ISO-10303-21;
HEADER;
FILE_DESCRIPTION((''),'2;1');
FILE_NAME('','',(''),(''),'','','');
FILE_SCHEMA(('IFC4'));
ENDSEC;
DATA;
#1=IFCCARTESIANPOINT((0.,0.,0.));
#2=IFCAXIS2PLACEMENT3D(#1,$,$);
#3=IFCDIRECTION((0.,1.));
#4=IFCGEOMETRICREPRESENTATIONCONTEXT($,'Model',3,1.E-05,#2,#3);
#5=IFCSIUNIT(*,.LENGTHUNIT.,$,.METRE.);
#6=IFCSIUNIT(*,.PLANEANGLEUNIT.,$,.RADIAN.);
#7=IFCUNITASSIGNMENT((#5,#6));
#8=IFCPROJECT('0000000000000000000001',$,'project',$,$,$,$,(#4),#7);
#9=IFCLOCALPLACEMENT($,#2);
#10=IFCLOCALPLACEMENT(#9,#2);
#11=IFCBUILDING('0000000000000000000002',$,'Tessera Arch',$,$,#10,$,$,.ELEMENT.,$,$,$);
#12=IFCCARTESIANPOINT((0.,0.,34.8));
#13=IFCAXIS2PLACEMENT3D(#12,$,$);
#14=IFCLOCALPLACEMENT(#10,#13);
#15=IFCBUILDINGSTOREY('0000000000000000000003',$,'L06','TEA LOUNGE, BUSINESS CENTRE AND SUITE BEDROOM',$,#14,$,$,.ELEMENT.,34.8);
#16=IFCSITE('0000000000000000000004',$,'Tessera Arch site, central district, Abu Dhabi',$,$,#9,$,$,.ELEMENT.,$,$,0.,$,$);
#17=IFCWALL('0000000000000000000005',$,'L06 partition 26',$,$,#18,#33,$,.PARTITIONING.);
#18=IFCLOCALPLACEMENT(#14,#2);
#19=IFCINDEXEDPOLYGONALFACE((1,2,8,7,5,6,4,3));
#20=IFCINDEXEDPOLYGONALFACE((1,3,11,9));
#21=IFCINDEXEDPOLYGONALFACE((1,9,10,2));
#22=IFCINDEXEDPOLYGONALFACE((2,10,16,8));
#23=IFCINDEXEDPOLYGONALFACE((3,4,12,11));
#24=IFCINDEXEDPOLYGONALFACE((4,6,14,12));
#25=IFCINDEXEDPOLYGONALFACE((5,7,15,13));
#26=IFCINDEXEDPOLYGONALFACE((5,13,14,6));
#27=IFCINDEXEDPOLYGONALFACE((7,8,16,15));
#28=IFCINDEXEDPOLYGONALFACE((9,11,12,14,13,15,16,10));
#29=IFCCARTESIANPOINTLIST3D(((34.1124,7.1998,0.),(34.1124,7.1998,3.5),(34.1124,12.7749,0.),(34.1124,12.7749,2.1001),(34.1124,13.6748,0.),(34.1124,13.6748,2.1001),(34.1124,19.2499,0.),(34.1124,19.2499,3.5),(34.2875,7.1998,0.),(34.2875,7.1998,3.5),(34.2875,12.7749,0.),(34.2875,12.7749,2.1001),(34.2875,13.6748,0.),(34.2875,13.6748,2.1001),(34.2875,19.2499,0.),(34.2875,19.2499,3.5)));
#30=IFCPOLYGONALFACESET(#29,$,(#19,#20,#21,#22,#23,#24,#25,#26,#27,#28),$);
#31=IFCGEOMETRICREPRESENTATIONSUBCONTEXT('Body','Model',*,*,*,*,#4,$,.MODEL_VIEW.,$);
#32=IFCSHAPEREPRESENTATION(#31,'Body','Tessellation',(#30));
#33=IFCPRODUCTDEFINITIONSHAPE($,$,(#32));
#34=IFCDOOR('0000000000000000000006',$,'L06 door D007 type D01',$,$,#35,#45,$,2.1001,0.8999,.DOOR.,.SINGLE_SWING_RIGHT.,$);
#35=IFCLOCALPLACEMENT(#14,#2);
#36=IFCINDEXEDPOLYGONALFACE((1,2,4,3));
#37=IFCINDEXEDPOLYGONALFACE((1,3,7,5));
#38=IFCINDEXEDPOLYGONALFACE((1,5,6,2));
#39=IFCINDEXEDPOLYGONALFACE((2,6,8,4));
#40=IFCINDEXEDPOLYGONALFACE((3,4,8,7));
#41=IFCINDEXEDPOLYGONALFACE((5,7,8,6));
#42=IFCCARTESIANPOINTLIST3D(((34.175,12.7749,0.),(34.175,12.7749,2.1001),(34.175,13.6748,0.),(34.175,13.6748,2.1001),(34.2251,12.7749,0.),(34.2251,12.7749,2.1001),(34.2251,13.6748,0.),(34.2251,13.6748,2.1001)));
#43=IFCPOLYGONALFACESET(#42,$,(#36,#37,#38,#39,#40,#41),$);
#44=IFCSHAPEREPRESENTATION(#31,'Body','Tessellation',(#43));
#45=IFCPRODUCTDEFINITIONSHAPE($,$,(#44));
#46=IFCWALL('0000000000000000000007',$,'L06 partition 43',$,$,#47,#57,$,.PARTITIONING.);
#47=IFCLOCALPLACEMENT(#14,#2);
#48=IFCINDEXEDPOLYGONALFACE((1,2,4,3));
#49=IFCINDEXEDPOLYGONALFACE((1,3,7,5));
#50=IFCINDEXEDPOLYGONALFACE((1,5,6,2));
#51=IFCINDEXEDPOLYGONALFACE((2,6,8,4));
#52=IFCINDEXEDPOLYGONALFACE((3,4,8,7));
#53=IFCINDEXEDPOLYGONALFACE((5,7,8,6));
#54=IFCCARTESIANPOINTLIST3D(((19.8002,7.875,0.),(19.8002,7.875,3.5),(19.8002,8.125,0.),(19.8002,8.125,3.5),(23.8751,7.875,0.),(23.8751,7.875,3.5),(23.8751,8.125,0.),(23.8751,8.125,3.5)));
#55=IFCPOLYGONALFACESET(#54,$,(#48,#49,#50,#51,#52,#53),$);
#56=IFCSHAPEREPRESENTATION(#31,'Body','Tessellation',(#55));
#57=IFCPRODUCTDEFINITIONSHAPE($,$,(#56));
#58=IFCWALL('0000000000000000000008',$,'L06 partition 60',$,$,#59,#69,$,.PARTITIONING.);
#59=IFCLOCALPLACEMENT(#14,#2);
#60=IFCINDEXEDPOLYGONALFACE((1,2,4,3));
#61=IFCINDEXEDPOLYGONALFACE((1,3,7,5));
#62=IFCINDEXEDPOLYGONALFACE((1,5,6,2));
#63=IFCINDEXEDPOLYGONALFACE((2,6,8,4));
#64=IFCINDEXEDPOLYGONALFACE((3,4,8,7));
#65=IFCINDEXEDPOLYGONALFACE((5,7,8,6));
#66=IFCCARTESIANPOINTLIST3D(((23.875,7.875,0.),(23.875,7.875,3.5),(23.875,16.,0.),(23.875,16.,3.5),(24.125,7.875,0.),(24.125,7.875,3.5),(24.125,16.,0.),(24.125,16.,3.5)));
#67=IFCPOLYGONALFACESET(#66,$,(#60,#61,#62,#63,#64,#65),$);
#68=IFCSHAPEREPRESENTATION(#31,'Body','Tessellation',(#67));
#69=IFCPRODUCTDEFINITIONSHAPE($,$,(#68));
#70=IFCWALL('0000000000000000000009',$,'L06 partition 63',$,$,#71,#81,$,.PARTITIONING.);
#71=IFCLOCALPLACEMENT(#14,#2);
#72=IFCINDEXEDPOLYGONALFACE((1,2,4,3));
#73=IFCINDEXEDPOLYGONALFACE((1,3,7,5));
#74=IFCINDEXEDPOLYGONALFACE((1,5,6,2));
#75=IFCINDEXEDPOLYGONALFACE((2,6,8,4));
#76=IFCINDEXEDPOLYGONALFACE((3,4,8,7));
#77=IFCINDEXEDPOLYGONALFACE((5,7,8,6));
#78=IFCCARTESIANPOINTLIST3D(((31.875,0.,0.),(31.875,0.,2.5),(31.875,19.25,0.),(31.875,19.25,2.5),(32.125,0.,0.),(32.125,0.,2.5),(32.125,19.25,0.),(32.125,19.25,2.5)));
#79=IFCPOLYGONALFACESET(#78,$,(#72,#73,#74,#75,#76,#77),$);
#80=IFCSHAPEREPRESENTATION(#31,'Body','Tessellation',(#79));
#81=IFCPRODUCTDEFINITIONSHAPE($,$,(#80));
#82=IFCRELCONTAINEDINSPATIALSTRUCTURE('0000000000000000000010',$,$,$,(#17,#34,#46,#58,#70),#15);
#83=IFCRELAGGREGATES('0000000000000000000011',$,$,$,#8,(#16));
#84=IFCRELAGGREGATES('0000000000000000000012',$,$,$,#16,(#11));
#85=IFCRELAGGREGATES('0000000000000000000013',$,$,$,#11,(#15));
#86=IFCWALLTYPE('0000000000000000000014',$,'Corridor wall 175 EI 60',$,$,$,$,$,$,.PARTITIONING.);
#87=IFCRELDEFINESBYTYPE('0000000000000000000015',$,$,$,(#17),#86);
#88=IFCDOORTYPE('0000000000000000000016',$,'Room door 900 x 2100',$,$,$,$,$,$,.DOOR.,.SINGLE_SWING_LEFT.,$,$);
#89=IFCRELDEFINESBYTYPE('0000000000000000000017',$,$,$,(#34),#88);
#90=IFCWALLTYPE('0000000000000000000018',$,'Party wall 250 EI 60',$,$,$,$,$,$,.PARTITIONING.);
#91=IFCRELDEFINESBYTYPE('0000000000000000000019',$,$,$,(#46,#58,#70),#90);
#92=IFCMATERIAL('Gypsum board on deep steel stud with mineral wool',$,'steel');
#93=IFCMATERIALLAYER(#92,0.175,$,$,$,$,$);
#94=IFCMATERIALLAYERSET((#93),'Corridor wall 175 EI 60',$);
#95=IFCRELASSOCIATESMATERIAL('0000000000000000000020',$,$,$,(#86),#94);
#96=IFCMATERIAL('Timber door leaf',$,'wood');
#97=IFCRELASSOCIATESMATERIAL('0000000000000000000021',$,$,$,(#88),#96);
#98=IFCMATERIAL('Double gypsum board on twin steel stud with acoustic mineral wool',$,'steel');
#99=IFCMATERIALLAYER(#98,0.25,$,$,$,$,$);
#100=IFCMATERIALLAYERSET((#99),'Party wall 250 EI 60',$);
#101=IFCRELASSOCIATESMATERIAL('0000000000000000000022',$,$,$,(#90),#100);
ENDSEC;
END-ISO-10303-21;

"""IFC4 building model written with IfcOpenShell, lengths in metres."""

from ifc_helpers import new_model, si_unit, direction, frame, frame_2d, origin, place, context, subcontext, project, spatial, rectangle, extrude, material, layer, layer_set, type_object, element, fill, save


model = new_model("IFC4")

# Units and contexts
model_context = context("Model", 3, precision=1e-05, world=origin(), true_north=direction((0.0, 1.0)))
body_context = subcontext(model_context, "Body", "Model", "MODEL_VIEW")
ifc_project = project(units=[si_unit("LENGTHUNIT", "METRE"), si_unit("PLANEANGLEUNIT", "RADIAN")], contexts=[model_context])

# Site, building, storey
site_placement = place(None, origin())
site = spatial("IfcSite", under=ifc_project, at=site_placement, Name="Tessera Arch site, central district, Abu Dhabi", CompositionType="ELEMENT", RefElevation=0.0)
building_placement = place(site_placement, origin())
building = spatial("IfcBuilding", under=site, at=building_placement, Name="Tessera Arch", CompositionType="ELEMENT")
storey_placement = place(building_placement, frame((0.0, 0.0, 34.8)))
storey = spatial("IfcBuildingStorey", under=building, at=storey_placement, Name="L06", Description="TEA LOUNGE, BUSINESS CENTRE AND SUITE BEDROOM", CompositionType="ELEMENT", Elevation=34.8)

# Wall, opening, door
ifc_material_1 = material(Name="Gypsum board on deep steel stud with mineral wool", Category="steel")
ifc_layer_1 = layer(ifc_material_1, 0.175)
ifc_layer_set_1 = layer_set([ifc_layer_1], Name="Corridor wall 175 EI 60")
wall_type_1 = type_object("IfcWallType", Name="Corridor wall 175 EI 60", PredefinedType="PARTITIONING", material=ifc_layer_set_1)
wall_1_placement = place(storey_placement, frame((34.2, 7.2, 0.0), z_axis=(0.0, 0.0, 1.0), x_axis=(0.0, 1.0, 0.0)))
wall_1 = element("IfcWall", 1, at=wall_1_placement, inside=storey, type_object=wall_type_1, Name="L06 partition 26", PredefinedType="PARTITIONING", context=body_context, shape_type="SweptSolid", body=[
    extrude(rectangle(XDim=12.05, YDim=0.175, at=frame_2d((6.0249, 0.0))), origin(), (0.0, 0.0, 1.0), 3.5),
])
opening_1_placement = place(wall_1_placement, frame((5.575, 0.0, 0.0)))
opening_1 = element("IfcOpeningElement", 2, at=opening_1_placement, cuts=wall_1, PredefinedType="OPENING", context=body_context, shape_type="SweptSolid", body=[
    extrude(rectangle(XDim=0.8999, YDim=2.1001, at=frame_2d((0.45, 1.05))), frame((0.0, 0.0974, 0.0), z_axis=(0.0, -1.0, 0.0), x_axis=(1.0, 0.0, 0.0)), (0.0, 0.0, 1.0), 0.1951),
])
ifc_material_2 = material(Name="Timber door leaf", Category="wood")
door_type_1 = type_object("IfcDoorType", Name="Room door 900 x 2100", OperationType="SINGLE_SWING_LEFT", PredefinedType="DOOR", material=ifc_material_2)
door_1_placement = place(opening_1_placement, origin())
door_1 = element("IfcDoor", 3, at=door_1_placement, inside=storey, type_object=door_type_1, Name="L06 door D007 type D01", OperationType="SINGLE_SWING_RIGHT", OverallHeight=2.1001, OverallWidth=0.8999, PredefinedType="DOOR", context=body_context, shape_type="SweptSolid", body=[
    extrude(rectangle(XDim=0.8999, YDim=2.1001, at=frame_2d((0.45, 1.05))), frame((0.0, 0.0249, 0.0), z_axis=(0.0, -1.0, 0.0), x_axis=(1.0, 0.0, 0.0)), (0.0, 0.0, 1.0), 0.05),
])
fill(opening_1, door_1)

# Walls
ifc_material_3 = material(Name="Double gypsum board on twin steel stud with acoustic mineral wool", Category="steel")
ifc_layer_2 = layer(ifc_material_3, 0.25)
ifc_layer_set_2 = layer_set([ifc_layer_2], Name="Party wall 250 EI 60")
wall_type_2 = type_object("IfcWallType", Name="Party wall 250 EI 60", PredefinedType="PARTITIONING", material=ifc_layer_set_2)
wall_2_placement = place(storey_placement, frame((19.8, 8.0, 0.0), z_axis=(0.0, 0.0, 1.0), x_axis=(1.0, 0.0, 0.0)))
element("IfcWall", 4, at=wall_2_placement, inside=storey, type_object=wall_type_2, Name="L06 partition 43", PredefinedType="PARTITIONING", context=body_context, shape_type="SweptSolid", body=[
    extrude(rectangle(XDim=4.075, YDim=0.25, at=frame_2d((2.0376, 0.0))), origin(), (0.0, 0.0, 1.0), 3.5),
])
wall_3_placement = place(storey_placement, frame((24.0, 7.875, 0.0), z_axis=(0.0, 0.0, 1.0), x_axis=(0.0, 1.0, 0.0)))
element("IfcWall", 5, at=wall_3_placement, inside=storey, type_object=wall_type_2, Name="L06 partition 60", PredefinedType="PARTITIONING", context=body_context, shape_type="SweptSolid", body=[
    extrude(rectangle(XDim=8.125, YDim=0.25, at=frame_2d((4.0625, 0.0))), origin(), (0.0, 0.0, 1.0), 3.5),
])
wall_4_placement = place(storey_placement, frame((32.0, 0.0, 0.0), z_axis=(0.0, 0.0, 1.0), x_axis=(0.0, 1.0, 0.0)))
element("IfcWall", 6, at=wall_4_placement, inside=storey, type_object=wall_type_2, Name="L06 partition 63", PredefinedType="PARTITIONING", context=body_context, shape_type="SweptSolid", body=[
    extrude(rectangle(XDim=19.25, YDim=0.25, at=frame_2d((9.625, 0.0))), origin(), (0.0, 0.0, 1.0), 2.5),
])

save(model, "model.ifc")
